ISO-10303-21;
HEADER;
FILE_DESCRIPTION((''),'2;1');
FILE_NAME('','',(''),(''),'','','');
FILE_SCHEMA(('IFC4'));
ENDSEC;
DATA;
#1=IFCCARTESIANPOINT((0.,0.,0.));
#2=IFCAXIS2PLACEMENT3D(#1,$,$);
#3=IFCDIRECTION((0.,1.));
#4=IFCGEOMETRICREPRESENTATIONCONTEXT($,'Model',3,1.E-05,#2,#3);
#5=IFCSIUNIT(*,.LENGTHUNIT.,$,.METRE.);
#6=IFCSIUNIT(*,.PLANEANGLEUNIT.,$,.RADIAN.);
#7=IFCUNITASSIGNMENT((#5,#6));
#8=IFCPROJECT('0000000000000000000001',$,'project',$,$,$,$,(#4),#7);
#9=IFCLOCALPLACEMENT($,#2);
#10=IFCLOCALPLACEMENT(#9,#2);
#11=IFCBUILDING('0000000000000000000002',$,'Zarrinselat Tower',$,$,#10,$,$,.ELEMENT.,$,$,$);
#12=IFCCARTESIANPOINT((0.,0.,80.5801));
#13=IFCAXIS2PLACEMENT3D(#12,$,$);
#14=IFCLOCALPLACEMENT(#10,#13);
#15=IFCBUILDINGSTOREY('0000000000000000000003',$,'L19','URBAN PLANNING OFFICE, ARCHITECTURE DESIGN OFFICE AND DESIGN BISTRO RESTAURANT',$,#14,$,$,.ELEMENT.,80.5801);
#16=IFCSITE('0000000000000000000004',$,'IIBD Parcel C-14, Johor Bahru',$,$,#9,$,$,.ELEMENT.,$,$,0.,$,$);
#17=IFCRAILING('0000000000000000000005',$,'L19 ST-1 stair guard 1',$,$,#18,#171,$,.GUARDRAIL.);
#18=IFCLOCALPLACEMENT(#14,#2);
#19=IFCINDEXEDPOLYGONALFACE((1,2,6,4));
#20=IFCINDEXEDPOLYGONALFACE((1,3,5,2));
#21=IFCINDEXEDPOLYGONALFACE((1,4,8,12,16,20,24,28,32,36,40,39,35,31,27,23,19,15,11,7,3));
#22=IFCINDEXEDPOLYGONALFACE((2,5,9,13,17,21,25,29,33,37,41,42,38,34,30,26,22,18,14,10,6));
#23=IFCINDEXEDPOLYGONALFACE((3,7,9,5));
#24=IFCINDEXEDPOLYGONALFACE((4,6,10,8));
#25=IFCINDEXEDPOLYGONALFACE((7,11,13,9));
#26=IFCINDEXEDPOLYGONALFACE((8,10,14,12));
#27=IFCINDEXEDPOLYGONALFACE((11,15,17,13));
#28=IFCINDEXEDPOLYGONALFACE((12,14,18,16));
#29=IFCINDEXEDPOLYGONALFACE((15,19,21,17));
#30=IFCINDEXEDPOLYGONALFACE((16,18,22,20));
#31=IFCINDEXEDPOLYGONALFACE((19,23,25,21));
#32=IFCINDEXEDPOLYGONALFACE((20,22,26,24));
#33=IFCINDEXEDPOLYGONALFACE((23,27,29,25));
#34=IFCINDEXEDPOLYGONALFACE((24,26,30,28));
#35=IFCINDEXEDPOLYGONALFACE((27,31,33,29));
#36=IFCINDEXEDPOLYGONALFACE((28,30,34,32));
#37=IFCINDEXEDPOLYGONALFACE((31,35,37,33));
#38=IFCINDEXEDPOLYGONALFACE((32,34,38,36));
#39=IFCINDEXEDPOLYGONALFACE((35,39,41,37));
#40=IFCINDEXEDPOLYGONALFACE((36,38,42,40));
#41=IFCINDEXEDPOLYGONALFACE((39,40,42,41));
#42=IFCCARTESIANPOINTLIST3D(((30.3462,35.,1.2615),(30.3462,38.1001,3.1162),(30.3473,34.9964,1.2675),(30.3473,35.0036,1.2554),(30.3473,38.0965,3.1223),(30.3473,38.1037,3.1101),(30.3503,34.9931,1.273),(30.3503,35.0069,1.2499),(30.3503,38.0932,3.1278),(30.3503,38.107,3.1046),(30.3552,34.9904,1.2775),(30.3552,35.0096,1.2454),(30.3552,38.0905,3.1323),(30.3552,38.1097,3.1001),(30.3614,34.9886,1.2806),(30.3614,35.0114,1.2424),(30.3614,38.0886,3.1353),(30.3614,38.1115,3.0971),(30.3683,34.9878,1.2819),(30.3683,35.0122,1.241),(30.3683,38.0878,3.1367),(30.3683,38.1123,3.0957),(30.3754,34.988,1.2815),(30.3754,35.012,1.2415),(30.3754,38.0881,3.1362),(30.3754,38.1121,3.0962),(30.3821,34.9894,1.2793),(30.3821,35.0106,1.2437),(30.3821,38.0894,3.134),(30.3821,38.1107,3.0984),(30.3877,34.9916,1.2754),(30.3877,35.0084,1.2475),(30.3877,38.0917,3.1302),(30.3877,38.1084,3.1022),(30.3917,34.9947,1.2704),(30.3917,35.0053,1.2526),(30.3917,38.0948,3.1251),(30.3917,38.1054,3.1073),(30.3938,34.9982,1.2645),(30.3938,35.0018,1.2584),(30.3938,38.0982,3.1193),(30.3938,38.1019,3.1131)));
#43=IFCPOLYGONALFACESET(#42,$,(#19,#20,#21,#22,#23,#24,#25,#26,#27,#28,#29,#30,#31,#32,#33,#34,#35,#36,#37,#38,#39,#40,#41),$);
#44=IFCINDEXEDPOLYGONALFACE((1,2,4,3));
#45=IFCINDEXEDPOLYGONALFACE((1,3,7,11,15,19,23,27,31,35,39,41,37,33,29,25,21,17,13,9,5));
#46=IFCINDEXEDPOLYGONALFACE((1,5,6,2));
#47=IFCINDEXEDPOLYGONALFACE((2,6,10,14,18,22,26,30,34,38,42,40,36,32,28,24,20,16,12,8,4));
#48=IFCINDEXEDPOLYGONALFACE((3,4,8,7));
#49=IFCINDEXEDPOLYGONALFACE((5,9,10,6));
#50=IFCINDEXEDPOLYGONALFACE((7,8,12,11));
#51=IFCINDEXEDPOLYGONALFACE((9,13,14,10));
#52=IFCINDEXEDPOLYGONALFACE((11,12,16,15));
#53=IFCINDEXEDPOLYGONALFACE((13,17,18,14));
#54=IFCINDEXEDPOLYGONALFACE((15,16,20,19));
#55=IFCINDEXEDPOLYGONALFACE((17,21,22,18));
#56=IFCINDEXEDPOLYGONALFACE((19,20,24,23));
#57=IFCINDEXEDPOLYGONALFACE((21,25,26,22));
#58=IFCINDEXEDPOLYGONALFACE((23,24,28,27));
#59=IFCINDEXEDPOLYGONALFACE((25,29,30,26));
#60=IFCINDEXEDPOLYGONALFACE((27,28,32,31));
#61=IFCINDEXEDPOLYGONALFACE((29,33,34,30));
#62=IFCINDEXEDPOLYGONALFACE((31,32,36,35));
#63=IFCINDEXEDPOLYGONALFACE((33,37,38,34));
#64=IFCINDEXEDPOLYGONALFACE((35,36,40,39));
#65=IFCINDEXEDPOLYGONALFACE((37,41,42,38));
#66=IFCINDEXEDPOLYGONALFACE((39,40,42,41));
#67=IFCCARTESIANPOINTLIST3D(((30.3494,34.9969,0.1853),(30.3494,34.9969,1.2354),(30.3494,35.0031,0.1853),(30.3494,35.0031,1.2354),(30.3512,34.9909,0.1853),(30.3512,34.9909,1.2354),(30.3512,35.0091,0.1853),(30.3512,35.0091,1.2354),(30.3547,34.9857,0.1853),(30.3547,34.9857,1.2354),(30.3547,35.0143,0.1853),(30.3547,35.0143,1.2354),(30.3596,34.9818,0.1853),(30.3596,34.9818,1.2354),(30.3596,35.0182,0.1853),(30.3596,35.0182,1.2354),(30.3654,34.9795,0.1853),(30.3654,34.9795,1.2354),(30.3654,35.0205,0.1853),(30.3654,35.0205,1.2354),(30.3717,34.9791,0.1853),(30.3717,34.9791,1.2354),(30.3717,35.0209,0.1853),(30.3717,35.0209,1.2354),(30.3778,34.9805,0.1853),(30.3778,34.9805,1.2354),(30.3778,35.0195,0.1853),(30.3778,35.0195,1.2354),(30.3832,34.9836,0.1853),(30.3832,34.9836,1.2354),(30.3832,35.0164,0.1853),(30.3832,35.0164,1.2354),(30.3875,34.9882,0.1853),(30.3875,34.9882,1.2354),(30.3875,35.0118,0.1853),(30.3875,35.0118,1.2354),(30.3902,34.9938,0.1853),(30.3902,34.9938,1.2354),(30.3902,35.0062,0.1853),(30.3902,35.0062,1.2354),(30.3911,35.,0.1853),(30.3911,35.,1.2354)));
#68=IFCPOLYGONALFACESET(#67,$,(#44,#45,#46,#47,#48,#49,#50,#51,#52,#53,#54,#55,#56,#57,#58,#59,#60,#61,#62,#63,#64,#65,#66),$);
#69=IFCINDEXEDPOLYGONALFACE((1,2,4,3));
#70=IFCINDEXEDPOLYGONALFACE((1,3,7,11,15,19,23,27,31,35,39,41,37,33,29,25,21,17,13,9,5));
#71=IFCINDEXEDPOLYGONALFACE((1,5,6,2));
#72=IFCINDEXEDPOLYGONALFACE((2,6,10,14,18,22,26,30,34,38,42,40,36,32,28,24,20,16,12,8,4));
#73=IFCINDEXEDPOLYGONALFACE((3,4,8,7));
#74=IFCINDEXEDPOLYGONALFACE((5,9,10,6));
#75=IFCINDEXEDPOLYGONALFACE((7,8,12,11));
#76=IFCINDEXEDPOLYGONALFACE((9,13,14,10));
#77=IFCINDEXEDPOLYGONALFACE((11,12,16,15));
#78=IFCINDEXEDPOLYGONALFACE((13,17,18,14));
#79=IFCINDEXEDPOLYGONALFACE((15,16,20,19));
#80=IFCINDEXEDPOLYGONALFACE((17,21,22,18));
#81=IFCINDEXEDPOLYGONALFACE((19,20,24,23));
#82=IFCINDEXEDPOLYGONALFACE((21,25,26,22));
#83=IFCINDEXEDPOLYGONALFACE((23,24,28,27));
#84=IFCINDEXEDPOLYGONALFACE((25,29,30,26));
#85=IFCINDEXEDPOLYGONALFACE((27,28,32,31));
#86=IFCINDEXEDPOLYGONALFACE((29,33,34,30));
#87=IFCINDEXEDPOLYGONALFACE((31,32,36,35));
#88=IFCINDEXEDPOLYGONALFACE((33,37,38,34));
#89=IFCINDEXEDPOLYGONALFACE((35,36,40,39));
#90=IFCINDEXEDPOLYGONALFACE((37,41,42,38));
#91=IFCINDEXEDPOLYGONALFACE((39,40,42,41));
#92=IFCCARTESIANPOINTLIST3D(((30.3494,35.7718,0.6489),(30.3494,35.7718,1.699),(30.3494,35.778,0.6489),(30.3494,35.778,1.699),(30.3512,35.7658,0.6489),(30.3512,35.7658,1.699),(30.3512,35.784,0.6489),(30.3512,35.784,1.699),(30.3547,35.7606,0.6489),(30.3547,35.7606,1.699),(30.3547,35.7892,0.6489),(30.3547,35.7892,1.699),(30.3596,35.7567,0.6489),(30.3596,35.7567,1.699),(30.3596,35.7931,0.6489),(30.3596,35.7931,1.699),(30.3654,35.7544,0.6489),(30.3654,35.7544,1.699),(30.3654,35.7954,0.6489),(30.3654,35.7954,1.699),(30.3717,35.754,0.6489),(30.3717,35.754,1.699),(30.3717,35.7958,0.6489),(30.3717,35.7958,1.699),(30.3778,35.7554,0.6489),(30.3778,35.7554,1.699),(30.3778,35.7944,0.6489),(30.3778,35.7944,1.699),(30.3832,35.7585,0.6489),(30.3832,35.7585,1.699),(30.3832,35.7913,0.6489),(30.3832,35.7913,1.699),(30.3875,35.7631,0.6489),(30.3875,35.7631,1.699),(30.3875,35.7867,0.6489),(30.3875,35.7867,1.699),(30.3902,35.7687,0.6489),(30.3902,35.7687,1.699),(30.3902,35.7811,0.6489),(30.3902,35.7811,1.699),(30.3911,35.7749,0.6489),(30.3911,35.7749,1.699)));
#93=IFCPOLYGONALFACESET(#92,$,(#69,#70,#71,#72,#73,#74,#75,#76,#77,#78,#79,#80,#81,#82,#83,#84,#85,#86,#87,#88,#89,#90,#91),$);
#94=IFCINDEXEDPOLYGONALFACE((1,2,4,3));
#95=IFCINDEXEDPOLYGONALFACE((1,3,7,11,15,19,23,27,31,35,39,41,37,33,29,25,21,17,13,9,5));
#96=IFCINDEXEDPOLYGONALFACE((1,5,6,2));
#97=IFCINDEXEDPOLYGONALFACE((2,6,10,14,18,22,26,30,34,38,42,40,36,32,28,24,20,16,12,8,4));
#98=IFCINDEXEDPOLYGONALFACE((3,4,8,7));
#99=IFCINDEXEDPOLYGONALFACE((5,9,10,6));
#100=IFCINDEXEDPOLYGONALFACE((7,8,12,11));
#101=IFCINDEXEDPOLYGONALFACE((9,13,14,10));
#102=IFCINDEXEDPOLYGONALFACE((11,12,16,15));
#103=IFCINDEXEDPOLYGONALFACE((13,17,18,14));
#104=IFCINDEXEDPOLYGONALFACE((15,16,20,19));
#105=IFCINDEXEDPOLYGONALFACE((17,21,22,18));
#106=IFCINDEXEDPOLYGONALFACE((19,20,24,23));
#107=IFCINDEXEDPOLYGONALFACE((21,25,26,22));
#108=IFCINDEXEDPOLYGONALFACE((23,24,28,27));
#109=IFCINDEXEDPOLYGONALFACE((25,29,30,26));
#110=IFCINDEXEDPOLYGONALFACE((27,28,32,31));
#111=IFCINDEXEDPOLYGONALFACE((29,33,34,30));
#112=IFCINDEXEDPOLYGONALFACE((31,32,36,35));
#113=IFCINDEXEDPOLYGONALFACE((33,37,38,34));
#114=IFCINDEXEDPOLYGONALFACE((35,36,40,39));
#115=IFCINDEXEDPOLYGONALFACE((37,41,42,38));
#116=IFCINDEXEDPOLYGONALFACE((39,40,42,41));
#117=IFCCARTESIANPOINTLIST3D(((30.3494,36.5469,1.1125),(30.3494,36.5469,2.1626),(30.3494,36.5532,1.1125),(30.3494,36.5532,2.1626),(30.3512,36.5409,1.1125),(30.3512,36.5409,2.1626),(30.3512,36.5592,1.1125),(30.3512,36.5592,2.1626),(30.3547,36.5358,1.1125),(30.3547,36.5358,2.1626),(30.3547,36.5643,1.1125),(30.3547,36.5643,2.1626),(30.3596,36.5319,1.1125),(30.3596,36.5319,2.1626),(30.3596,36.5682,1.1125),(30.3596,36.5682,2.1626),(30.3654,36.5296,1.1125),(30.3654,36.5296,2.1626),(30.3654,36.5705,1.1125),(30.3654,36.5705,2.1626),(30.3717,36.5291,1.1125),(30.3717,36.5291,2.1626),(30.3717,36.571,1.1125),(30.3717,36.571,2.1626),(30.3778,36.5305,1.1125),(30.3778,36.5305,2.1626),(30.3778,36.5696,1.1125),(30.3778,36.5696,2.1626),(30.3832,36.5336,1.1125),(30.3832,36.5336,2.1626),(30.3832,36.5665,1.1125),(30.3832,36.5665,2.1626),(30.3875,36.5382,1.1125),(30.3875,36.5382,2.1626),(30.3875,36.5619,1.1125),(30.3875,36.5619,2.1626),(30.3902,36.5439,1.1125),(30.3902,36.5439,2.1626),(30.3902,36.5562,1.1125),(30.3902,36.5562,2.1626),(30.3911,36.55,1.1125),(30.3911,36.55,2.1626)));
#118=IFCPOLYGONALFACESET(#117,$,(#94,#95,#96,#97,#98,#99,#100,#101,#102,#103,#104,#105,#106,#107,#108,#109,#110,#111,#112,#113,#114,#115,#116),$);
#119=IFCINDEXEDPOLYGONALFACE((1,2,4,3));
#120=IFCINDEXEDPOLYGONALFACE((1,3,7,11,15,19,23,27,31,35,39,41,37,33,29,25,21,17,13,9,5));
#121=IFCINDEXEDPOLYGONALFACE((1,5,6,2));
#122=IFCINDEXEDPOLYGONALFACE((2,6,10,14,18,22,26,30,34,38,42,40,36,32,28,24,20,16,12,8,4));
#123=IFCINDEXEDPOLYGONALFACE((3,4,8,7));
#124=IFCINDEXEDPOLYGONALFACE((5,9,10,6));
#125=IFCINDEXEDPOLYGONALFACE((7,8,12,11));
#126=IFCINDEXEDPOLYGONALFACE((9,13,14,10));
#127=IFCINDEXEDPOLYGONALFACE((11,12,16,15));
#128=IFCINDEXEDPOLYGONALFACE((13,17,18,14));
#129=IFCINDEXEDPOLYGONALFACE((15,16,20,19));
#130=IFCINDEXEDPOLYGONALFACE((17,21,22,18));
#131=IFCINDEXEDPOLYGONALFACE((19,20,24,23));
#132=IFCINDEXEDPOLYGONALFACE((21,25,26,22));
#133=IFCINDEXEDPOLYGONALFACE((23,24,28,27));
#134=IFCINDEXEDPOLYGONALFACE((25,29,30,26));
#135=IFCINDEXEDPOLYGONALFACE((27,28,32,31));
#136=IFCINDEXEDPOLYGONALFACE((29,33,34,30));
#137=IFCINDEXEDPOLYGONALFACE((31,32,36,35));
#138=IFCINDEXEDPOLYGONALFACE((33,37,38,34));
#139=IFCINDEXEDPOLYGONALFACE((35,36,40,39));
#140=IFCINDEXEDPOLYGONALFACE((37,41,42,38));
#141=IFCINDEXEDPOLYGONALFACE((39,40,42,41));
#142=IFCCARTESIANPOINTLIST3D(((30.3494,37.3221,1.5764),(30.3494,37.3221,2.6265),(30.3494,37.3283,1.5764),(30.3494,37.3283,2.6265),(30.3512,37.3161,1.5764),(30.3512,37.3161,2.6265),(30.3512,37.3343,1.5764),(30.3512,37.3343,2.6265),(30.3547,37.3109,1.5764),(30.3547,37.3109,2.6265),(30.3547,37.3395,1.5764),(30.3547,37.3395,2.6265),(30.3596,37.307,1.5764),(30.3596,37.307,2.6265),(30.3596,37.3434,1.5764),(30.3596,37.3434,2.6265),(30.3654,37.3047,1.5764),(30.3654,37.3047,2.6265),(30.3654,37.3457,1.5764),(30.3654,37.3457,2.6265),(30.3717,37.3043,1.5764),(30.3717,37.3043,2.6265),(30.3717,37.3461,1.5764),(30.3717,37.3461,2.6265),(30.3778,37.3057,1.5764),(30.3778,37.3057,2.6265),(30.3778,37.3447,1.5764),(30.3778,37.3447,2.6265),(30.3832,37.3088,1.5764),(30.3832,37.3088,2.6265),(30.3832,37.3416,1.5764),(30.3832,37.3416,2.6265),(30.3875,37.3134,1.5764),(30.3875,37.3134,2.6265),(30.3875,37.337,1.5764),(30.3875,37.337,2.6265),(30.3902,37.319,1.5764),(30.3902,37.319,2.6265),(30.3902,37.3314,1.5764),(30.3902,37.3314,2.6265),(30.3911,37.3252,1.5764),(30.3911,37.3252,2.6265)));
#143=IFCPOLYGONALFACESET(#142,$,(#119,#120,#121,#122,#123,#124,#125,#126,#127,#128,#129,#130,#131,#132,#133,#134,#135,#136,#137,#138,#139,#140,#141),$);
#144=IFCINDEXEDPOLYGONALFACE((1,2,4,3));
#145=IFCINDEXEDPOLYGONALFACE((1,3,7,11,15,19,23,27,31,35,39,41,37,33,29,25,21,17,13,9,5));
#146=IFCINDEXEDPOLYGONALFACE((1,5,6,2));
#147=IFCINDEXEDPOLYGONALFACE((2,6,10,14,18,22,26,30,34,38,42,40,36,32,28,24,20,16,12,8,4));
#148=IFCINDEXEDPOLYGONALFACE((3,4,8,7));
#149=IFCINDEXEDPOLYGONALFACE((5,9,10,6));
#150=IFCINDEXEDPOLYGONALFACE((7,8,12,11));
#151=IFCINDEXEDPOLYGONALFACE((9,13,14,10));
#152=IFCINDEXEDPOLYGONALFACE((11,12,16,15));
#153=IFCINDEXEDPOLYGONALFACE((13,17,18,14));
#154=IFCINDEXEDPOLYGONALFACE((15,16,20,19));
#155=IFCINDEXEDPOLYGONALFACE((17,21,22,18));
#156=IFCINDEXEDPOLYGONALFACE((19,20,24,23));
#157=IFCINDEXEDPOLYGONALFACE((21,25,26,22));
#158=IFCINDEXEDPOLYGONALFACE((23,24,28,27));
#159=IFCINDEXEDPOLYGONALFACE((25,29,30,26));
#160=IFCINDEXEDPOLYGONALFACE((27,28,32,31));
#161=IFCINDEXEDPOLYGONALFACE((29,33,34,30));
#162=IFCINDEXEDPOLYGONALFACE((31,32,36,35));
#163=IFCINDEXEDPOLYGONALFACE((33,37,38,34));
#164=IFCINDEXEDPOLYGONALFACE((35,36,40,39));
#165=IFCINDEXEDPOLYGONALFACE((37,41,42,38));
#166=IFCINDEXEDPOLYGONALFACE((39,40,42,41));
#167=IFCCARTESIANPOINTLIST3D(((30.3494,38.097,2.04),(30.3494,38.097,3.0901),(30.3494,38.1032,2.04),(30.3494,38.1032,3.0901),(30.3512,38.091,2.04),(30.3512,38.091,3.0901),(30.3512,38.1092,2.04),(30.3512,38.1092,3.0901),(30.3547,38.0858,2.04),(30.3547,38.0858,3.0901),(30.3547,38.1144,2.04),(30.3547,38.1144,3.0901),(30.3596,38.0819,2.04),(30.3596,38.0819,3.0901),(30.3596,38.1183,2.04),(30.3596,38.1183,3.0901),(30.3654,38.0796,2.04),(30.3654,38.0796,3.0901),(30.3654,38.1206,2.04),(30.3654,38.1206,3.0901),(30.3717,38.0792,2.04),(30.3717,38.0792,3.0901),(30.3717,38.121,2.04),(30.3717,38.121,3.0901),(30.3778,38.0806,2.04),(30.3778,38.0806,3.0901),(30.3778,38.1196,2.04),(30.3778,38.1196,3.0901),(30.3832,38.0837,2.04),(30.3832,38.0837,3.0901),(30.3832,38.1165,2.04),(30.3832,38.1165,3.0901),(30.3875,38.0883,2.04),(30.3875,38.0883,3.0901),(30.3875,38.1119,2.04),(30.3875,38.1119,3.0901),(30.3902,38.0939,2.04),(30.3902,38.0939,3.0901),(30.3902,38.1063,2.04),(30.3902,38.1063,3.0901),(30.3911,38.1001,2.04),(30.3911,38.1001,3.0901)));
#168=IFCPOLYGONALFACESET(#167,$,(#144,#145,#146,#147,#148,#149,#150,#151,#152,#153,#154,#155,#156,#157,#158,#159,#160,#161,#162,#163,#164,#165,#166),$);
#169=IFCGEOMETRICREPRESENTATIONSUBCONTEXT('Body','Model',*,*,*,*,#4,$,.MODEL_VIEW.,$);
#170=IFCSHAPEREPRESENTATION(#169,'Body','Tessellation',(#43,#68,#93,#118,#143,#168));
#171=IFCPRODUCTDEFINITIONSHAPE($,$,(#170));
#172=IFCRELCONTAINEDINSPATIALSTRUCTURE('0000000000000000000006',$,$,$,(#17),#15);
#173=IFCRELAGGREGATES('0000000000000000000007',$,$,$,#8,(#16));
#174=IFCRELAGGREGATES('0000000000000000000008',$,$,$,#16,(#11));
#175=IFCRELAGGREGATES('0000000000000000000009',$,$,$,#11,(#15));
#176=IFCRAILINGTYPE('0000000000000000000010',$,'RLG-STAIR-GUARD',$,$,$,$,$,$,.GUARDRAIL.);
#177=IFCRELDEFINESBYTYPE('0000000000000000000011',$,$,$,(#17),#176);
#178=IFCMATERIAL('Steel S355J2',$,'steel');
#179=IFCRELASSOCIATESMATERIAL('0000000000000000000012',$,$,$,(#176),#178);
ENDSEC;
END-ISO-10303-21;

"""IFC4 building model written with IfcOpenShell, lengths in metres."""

from ifc_helpers import new_model, si_unit, direction, frame, origin, origin_2d, place, context, subcontext, project, spatial, circle, extrude, material, type_object, element, save


model = new_model("IFC4")

# Units and contexts
model_context = context("Model", 3, precision=1e-05, world=origin(), true_north=direction((0.0, 1.0)))
body_context = subcontext(model_context, "Body", "Model", "MODEL_VIEW")
ifc_project = project(units=[si_unit("LENGTHUNIT", "METRE"), si_unit("PLANEANGLEUNIT", "RADIAN")], contexts=[model_context])

# Site, building, storey
site_placement = place(None, origin())
site = spatial("IfcSite", under=ifc_project, at=site_placement, Name="IIBD Parcel C-14, Johor Bahru", CompositionType="ELEMENT", RefElevation=0.0)
building_placement = place(site_placement, origin())
building = spatial("IfcBuilding", under=site, at=building_placement, Name="Zarrinselat Tower", CompositionType="ELEMENT")
storey_placement = place(building_placement, frame((0.0, 0.0, 80.5801)))
storey = spatial("IfcBuildingStorey", under=building, at=storey_placement, Name="L19", Description="URBAN PLANNING OFFICE, ARCHITECTURE DESIGN OFFICE AND DESIGN BISTRO RESTAURANT", CompositionType="ELEMENT", Elevation=80.5801)

# Railing
ifc_material_1 = material(Name="Steel S355J2", Category="steel")
railing_type_1 = type_object("IfcRailingType", Name="RLG-STAIR-GUARD", PredefinedType="GUARDRAIL", material=ifc_material_1)
railing_1_placement = place(storey_placement, frame((30.3701, 35.0, 0.1853)))
element("IfcRailing", 1, at=railing_1_placement, inside=storey, type_object=railing_type_1, Name="L19 ST-1 stair guard 1", PredefinedType="GUARDRAIL", context=body_context, shape_type="SweptSolid", body=[
    extrude(circle(Radius=0.0239, at=origin_2d()), frame((0.0, 0.0, 1.0762), z_axis=(0.0, 0.858142, 0.513412), x_axis=(-1.0, 0.0, 0.0)), (0.0, 0.0, 1.0), 3.6125),
    extrude(circle(Radius=0.021, at=origin_2d()), origin(), (0.0, 0.0, 1.0), 1.05),
    extrude(circle(Radius=0.021, at=origin_2d()), frame((0.0, 0.7749, 0.4636)), (0.0, 0.0, 1.0), 1.05),
    extrude(circle(Radius=0.021, at=origin_2d()), frame((0.0, 1.55, 0.9272)), (0.0, 0.0, 1.0), 1.05),
    extrude(circle(Radius=0.021, at=origin_2d()), frame((0.0, 2.3252, 1.3911)), (0.0, 0.0, 1.0), 1.05),
    extrude(circle(Radius=0.021, at=origin_2d()), frame((0.0, 3.1001, 1.8547)), (0.0, 0.0, 1.0), 1.05),
])

save(model, "model.ifc")
